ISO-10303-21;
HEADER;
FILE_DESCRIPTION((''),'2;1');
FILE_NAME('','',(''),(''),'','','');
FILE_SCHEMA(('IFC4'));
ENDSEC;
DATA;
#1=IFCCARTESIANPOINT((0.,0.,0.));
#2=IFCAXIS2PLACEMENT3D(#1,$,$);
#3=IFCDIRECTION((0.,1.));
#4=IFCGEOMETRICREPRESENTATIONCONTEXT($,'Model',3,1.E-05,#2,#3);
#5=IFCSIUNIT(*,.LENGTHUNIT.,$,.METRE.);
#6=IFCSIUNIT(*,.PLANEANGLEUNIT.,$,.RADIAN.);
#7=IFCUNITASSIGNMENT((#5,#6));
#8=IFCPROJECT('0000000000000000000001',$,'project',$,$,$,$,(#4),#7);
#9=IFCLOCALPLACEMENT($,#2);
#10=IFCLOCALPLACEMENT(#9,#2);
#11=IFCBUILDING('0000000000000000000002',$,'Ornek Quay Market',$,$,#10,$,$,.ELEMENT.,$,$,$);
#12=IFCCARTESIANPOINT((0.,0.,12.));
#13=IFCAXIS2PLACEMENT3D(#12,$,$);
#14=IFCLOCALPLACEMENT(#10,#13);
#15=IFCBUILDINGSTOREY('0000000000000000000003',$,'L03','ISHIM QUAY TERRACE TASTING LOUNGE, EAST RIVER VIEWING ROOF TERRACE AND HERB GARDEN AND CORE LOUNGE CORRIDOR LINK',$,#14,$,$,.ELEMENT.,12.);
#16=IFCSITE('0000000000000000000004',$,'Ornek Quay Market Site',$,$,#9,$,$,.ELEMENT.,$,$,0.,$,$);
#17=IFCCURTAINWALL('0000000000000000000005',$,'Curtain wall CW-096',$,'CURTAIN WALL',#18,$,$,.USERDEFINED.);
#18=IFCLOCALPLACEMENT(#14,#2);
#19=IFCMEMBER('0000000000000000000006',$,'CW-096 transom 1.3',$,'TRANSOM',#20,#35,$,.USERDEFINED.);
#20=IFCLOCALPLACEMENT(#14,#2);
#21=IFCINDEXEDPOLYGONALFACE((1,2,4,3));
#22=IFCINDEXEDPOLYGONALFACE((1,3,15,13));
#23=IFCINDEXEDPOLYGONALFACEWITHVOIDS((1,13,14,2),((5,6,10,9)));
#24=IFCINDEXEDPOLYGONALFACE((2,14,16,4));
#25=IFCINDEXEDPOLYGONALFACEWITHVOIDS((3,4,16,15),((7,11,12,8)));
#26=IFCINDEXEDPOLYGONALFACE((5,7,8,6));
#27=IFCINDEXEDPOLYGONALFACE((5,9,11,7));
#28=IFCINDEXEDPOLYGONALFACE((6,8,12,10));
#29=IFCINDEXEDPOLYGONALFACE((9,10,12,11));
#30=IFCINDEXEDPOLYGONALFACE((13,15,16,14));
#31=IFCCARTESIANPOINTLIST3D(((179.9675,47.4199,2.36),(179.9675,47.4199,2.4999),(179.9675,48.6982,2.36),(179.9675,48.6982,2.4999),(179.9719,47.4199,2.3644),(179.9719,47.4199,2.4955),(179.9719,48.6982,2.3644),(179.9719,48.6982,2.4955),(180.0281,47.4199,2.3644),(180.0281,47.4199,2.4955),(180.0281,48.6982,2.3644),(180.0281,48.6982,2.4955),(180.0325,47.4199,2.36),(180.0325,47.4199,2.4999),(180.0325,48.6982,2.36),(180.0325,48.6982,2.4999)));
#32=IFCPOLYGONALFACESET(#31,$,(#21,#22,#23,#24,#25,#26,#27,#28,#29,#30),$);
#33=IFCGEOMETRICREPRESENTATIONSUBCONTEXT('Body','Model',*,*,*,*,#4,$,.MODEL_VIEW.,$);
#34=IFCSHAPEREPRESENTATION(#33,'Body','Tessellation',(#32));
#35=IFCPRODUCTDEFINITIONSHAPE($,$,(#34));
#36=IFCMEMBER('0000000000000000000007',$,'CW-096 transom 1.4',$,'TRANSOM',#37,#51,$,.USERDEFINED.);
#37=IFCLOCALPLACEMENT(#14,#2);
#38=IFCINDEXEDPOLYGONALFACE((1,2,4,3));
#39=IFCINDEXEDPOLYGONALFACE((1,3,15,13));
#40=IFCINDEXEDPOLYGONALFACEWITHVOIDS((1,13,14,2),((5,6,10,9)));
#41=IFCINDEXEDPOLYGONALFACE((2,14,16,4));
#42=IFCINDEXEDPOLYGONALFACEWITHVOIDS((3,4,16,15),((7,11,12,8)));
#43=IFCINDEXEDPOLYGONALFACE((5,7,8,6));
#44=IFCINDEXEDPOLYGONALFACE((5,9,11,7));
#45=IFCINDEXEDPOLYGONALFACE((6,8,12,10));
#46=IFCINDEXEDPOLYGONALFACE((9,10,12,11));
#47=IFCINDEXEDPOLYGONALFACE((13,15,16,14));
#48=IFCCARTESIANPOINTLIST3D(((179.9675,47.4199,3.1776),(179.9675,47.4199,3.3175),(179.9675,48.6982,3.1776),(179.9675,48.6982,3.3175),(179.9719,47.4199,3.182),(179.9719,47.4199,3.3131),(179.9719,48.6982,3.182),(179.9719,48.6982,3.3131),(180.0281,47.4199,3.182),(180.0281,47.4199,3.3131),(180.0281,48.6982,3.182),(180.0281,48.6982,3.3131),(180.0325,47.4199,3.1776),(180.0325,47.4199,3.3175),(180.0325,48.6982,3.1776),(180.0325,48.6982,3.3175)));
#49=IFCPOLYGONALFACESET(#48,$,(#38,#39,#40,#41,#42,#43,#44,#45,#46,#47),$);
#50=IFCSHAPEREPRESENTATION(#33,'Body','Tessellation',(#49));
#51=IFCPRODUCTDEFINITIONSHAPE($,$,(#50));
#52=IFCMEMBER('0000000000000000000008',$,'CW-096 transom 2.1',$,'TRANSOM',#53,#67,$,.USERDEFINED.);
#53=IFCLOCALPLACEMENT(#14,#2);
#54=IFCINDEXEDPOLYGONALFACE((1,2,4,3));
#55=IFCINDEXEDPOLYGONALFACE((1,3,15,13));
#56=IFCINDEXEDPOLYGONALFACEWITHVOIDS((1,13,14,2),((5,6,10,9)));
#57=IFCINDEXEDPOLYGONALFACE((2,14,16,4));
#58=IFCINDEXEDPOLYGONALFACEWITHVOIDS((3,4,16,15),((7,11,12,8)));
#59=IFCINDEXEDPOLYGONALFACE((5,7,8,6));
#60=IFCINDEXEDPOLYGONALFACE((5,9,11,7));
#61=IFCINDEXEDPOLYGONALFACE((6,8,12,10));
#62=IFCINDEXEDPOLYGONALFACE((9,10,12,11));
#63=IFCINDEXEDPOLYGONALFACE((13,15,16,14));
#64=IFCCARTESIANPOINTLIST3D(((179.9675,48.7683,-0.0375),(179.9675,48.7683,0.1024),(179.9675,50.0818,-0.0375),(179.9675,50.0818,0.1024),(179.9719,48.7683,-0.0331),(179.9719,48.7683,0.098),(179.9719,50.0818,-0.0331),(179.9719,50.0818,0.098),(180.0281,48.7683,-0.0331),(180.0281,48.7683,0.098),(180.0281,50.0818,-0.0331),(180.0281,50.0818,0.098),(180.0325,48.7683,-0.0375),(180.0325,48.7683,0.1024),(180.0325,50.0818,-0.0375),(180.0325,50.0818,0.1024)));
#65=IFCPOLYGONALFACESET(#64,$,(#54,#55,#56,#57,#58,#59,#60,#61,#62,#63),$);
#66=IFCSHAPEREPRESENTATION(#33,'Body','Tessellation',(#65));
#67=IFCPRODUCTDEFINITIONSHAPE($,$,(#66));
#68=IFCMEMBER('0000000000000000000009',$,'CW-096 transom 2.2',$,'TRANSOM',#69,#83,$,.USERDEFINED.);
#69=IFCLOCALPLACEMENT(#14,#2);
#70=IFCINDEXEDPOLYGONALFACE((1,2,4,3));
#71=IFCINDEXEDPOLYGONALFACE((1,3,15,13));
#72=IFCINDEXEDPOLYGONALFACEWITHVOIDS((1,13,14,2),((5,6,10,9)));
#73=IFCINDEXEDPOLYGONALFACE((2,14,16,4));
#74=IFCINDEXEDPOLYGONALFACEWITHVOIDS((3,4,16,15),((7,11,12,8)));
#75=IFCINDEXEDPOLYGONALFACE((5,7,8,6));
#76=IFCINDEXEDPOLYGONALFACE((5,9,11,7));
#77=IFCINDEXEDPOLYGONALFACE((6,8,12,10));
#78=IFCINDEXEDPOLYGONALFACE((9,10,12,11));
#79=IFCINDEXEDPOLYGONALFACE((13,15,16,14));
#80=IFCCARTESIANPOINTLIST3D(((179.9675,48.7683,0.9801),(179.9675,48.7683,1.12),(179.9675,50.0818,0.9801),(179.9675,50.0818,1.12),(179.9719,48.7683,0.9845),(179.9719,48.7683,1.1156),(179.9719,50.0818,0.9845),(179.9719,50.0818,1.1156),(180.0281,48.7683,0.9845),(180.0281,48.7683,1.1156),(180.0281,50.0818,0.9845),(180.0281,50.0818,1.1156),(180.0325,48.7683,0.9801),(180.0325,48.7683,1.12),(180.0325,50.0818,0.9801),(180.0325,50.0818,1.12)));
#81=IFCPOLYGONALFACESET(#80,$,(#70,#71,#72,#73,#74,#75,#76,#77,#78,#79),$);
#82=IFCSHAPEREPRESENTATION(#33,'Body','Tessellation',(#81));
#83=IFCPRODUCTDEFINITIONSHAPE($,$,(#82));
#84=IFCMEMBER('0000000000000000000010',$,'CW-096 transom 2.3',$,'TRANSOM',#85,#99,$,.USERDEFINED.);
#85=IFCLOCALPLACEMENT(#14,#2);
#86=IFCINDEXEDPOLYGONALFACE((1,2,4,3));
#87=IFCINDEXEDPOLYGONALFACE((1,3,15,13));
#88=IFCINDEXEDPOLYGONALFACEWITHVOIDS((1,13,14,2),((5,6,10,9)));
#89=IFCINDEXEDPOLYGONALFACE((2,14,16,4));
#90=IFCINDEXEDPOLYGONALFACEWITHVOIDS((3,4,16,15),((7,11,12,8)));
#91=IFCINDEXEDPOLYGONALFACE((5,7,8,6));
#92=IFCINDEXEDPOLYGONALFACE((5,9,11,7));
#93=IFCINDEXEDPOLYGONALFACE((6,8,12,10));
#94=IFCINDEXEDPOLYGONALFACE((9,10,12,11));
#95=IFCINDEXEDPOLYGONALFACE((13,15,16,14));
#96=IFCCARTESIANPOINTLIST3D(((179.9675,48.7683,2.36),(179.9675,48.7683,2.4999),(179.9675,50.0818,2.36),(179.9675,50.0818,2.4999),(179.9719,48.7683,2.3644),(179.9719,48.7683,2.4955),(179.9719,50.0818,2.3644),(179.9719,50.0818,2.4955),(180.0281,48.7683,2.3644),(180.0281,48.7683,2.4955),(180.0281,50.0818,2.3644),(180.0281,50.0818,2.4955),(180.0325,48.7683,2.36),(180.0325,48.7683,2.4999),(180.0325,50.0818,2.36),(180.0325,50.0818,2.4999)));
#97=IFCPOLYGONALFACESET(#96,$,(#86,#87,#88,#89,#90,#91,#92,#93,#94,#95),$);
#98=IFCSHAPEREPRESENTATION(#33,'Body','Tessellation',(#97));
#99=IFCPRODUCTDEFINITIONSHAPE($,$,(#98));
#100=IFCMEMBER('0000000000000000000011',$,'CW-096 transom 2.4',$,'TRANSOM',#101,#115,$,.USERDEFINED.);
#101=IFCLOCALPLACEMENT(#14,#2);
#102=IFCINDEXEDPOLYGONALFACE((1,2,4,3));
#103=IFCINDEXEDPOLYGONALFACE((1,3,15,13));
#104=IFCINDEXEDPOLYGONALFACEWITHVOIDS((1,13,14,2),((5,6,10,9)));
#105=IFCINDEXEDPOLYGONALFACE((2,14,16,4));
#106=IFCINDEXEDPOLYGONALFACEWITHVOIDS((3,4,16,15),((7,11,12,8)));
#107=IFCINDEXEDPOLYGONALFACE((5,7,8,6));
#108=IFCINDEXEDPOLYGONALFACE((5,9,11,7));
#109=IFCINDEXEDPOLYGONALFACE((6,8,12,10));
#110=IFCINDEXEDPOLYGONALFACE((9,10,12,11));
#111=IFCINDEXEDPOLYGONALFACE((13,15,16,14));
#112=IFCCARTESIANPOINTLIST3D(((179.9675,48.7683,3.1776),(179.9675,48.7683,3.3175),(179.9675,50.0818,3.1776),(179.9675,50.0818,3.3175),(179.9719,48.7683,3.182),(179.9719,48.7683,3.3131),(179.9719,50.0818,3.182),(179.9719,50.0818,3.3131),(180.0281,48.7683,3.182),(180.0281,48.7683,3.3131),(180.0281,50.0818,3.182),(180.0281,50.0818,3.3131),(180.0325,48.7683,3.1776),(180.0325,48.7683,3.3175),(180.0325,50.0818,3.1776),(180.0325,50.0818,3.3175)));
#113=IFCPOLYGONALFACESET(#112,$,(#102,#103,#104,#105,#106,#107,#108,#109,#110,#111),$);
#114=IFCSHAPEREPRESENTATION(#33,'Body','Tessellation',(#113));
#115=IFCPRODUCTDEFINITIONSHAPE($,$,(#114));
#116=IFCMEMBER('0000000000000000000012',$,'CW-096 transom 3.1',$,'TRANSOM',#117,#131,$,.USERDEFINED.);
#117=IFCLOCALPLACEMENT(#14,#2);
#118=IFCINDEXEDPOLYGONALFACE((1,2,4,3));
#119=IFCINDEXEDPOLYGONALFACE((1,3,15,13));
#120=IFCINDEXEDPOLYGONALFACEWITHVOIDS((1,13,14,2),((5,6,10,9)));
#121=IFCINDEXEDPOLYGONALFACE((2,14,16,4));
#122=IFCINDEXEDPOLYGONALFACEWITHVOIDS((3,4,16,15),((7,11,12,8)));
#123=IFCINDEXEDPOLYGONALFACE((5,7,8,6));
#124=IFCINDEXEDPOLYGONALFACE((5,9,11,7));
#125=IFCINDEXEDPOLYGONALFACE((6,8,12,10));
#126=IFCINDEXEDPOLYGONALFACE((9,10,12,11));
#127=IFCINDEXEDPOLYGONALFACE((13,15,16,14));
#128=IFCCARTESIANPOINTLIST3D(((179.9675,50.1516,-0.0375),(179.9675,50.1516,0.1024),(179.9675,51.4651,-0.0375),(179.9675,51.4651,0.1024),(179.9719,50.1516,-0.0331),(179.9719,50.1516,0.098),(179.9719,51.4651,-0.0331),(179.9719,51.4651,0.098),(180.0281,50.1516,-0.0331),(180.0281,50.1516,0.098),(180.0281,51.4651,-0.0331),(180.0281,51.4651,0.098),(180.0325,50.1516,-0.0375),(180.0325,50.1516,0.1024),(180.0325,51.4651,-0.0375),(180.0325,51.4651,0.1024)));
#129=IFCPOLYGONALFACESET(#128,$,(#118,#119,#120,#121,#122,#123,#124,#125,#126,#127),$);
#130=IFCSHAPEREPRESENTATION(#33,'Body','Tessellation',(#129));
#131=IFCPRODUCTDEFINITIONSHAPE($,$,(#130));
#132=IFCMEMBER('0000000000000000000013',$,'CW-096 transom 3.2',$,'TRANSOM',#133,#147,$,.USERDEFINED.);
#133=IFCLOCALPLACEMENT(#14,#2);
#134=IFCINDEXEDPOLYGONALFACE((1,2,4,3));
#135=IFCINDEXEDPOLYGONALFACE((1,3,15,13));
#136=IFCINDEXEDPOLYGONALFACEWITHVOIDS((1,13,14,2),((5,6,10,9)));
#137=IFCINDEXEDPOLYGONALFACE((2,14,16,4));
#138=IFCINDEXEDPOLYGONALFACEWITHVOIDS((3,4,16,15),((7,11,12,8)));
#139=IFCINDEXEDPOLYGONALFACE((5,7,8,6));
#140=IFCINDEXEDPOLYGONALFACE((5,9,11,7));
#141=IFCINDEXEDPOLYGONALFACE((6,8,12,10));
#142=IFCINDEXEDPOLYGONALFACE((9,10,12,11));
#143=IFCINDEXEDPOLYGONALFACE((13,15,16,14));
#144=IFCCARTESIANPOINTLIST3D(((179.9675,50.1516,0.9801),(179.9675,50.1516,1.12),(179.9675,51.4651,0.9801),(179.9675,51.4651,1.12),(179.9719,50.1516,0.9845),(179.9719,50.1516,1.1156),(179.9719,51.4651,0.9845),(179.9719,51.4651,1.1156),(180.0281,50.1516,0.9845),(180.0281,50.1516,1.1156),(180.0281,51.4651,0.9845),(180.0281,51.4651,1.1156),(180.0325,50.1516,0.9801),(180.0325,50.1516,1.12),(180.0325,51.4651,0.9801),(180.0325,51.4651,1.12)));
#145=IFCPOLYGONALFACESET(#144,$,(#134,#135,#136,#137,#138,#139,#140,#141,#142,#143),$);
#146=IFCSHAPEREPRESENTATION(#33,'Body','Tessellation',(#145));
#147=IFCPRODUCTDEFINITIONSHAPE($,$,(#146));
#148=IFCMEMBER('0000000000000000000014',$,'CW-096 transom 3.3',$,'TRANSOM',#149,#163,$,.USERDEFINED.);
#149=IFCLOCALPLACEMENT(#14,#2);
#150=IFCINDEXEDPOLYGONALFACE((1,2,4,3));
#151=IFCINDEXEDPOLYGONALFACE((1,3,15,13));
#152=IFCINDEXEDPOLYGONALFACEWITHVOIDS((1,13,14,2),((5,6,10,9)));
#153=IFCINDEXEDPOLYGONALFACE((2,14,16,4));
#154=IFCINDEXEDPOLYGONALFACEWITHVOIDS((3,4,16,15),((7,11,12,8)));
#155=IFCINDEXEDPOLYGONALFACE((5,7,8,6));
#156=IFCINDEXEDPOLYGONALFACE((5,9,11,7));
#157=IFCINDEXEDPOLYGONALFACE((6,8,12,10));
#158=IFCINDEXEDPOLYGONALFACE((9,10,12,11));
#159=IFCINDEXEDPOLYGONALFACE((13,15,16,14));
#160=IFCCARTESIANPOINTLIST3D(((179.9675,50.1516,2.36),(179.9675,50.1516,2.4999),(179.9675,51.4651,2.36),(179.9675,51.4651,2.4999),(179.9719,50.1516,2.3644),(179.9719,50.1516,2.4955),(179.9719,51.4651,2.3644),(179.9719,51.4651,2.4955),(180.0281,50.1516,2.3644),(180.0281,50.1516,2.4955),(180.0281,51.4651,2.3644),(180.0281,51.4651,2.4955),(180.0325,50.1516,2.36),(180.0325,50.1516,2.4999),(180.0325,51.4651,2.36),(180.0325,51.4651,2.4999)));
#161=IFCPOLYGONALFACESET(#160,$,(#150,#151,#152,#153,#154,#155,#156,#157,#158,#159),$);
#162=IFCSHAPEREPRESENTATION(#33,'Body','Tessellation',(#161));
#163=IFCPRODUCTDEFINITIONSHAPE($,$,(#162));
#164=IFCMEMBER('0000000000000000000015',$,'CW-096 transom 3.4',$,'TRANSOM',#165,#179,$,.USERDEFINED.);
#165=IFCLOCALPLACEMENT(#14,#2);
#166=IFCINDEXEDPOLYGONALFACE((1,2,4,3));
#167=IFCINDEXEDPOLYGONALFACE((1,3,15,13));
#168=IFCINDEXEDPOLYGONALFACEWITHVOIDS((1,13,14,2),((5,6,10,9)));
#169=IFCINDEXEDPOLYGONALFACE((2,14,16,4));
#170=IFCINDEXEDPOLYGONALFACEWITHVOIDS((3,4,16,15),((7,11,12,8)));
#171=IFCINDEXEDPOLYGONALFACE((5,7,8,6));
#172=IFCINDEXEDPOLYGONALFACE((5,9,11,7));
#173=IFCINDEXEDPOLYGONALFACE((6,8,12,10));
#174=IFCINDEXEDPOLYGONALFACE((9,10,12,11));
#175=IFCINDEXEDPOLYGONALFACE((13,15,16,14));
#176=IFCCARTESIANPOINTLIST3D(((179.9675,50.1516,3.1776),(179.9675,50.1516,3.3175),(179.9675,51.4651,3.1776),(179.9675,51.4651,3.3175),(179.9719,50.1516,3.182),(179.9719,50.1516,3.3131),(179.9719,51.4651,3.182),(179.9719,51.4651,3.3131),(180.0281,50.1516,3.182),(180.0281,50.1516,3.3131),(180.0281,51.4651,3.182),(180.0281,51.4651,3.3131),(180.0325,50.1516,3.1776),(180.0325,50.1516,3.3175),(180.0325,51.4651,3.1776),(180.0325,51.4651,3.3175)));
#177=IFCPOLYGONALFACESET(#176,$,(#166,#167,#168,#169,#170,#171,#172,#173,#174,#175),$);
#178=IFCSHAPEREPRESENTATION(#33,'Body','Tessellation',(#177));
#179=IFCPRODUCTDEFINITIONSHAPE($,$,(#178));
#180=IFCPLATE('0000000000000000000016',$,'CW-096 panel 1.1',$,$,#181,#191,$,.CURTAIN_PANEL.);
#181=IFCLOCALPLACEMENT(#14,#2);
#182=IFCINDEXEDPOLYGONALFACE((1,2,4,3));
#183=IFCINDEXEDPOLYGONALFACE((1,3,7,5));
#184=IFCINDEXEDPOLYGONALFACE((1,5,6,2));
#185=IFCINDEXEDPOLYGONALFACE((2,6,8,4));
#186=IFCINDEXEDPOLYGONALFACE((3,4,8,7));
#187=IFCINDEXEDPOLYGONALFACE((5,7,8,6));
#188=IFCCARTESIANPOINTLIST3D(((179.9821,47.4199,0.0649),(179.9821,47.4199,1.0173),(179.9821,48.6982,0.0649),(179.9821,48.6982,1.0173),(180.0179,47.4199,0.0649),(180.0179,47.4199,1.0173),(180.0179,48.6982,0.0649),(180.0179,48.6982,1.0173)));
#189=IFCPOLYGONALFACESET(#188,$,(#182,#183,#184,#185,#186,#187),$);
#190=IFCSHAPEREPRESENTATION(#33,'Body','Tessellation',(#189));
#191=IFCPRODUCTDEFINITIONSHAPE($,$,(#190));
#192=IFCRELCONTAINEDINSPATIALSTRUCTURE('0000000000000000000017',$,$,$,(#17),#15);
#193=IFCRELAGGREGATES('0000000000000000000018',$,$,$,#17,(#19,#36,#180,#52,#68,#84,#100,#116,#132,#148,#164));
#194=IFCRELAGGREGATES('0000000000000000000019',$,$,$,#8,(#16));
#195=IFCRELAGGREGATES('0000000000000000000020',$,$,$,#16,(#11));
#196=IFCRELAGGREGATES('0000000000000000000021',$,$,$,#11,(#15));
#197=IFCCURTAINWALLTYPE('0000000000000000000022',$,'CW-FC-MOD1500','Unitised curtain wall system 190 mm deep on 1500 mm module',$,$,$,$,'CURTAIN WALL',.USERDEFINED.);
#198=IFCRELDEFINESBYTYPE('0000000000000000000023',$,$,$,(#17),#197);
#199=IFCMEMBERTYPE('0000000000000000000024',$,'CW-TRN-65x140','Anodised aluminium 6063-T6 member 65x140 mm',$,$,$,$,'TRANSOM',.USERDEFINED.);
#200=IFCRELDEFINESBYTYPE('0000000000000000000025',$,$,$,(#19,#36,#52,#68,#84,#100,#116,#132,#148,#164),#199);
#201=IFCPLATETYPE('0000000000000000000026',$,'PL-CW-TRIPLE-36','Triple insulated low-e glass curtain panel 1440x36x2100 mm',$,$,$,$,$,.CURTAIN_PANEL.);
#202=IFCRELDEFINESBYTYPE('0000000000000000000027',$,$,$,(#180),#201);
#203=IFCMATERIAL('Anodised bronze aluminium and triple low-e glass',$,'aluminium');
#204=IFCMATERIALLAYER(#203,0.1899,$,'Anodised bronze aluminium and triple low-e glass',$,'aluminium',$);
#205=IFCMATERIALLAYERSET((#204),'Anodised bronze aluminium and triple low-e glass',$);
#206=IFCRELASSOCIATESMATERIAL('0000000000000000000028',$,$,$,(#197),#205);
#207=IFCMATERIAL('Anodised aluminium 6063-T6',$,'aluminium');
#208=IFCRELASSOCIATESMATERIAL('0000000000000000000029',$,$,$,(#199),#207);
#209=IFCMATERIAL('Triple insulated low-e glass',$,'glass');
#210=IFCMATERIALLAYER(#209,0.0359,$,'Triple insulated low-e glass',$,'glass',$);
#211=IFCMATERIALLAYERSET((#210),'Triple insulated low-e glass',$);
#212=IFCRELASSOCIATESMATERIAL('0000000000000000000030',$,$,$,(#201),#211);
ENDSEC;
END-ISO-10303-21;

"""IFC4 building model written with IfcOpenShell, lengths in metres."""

from ifc_helpers import new_model, si_unit, direction, frame, origin, origin_2d, place, context, subcontext, project, spatial, rectangle, hollow_rectangle, extrude, material, layer, layer_set, material_profile, profile_set, type_object, element, aggregate, save


model = new_model("IFC4")

# Units and contexts
model_context = context("Model", 3, precision=1e-05, world=origin(), true_north=direction((0.0, 1.0)))
body_context = subcontext(model_context, "Body", "Model", "MODEL_VIEW")
ifc_project = project(units=[si_unit("LENGTHUNIT", "METRE"), si_unit("PLANEANGLEUNIT", "RADIAN")], contexts=[model_context])

# Site, building, storey
site_placement = place(None, origin())
site = spatial("IfcSite", under=ifc_project, at=site_placement, Name="Ornek Quay Market Site", CompositionType="ELEMENT", RefElevation=0.0)
building_placement = place(site_placement, origin())
building = spatial("IfcBuilding", under=site, at=building_placement, Name="Ornek Quay Market", CompositionType="ELEMENT")
storey_placement = place(building_placement, frame((0.0, 0.0, 12.0)))
storey = spatial("IfcBuildingStorey", under=building, at=storey_placement, Name="L03", Description="ISHIM QUAY TERRACE TASTING LOUNGE, EAST RIVER VIEWING ROOF TERRACE AND HERB GARDEN AND CORE LOUNGE CORRIDOR LINK", CompositionType="ELEMENT", Elevation=12.0)

# Shared definitions
ifc_material_1 = material(Name="Anodised bronze aluminium and triple low-e glass", Category="aluminium")
ifc_material_2 = material(Name="Anodised aluminium 6063-T6", Category="aluminium")

# Curtain wall
ifc_layer_1 = layer(ifc_material_1, 0.1899, Name="Anodised bronze aluminium and triple low-e glass", Category="aluminium")
ifc_layer_set_1 = layer_set([ifc_layer_1], Name="Anodised bronze aluminium and triple low-e glass")
curtain_wall_type_1 = type_object("IfcCurtainWallType", Name="CW-FC-MOD1500", Description="Unitised curtain wall system 190 mm deep on 1500 mm module", ElementType="CURTAIN WALL", PredefinedType="USERDEFINED", material=ifc_layer_set_1)
curtain_wall_1_placement = place(storey_placement, origin())
curtain_wall_1 = element("IfcCurtainWall", 1, at=curtain_wall_1_placement, inside=storey, type_object=curtain_wall_type_1, Name="Curtain wall CW-096", ObjectType="CURTAIN WALL", PredefinedType="USERDEFINED")

# Members
ifc_material_profile_1 = material_profile(ifc_material_2, hollow_rectangle(XDim=0.0649, YDim=0.1399, WallThickness=0.0044, at=origin_2d()), Name="CW-TRN-65x140", Category="aluminium")
ifc_profile_set_1 = profile_set([ifc_material_profile_1], Name="Anodised aluminium 6063-T6")
member_type_1 = type_object("IfcMemberType", Name="CW-TRN-65x140", Description="Anodised aluminium 6063-T6 member 65x140 mm", ElementType="TRANSOM", PredefinedType="USERDEFINED", material=ifc_profile_set_1)
member_1_placement = place(storey_placement, frame((180.0, 47.4199, 2.4299), z_axis=(0.0, 1.0, 0.0), x_axis=(-1.0, 0.0, 0.0)))
member_1 = element("IfcMember", 2, at=member_1_placement, type_object=member_type_1, Name="CW-096 transom 1.3", ObjectType="TRANSOM", PredefinedType="USERDEFINED", context=body_context, shape_type="SweptSolid", body=[
    extrude(hollow_rectangle(XDim=0.0649, YDim=0.1399, WallThickness=0.0044, at=origin_2d()), origin(), (0.0, 0.0, 1.0), 1.2783),
])
member_2_placement = place(storey_placement, frame((180.0, 47.4199, 3.2476), z_axis=(0.0, 1.0, 0.0), x_axis=(-1.0, 0.0, 0.0)))
member_2 = element("IfcMember", 3, at=member_2_placement, type_object=member_type_1, Name="CW-096 transom 1.4", ObjectType="TRANSOM", PredefinedType="USERDEFINED", context=body_context, shape_type="SweptSolid", body=[
    extrude(hollow_rectangle(XDim=0.0649, YDim=0.1399, WallThickness=0.0044, at=origin_2d()), origin(), (0.0, 0.0, 1.0), 1.2783),
])
member_3_placement = place(storey_placement, frame((180.0, 48.7683, 0.0325), z_axis=(0.0, 1.0, 0.0), x_axis=(-1.0, 0.0, 0.0)))
member_3 = element("IfcMember", 4, at=member_3_placement, type_object=member_type_1, Name="CW-096 transom 2.1", ObjectType="TRANSOM", PredefinedType="USERDEFINED", context=body_context, shape_type="SweptSolid", body=[
    extrude(hollow_rectangle(XDim=0.0649, YDim=0.1399, WallThickness=0.0044, at=origin_2d()), origin(), (0.0, 0.0, 1.0), 1.3135),
])
member_4_placement = place(storey_placement, frame((180.0, 48.7683, 1.05), z_axis=(0.0, 1.0, 0.0), x_axis=(-1.0, 0.0, 0.0)))
member_4 = element("IfcMember", 5, at=member_4_placement, type_object=member_type_1, Name="CW-096 transom 2.2", ObjectType="TRANSOM", PredefinedType="USERDEFINED", context=body_context, shape_type="SweptSolid", body=[
    extrude(hollow_rectangle(XDim=0.0649, YDim=0.1399, WallThickness=0.0044, at=origin_2d()), origin(), (0.0, 0.0, 1.0), 1.3135),
])
member_5_placement = place(storey_placement, frame((180.0, 48.7683, 2.4299), z_axis=(0.0, 1.0, 0.0), x_axis=(-1.0, 0.0, 0.0)))
member_5 = element("IfcMember", 6, at=member_5_placement, type_object=member_type_1, Name="CW-096 transom 2.3", ObjectType="TRANSOM", PredefinedType="USERDEFINED", context=body_context, shape_type="SweptSolid", body=[
    extrude(hollow_rectangle(XDim=0.0649, YDim=0.1399, WallThickness=0.0044, at=origin_2d()), origin(), (0.0, 0.0, 1.0), 1.3135),
])
member_6_placement = place(storey_placement, frame((180.0, 48.7683, 3.2476), z_axis=(0.0, 1.0, 0.0), x_axis=(-1.0, 0.0, 0.0)))
member_6 = element("IfcMember", 7, at=member_6_placement, type_object=member_type_1, Name="CW-096 transom 2.4", ObjectType="TRANSOM", PredefinedType="USERDEFINED", context=body_context, shape_type="SweptSolid", body=[
    extrude(hollow_rectangle(XDim=0.0649, YDim=0.1399, WallThickness=0.0044, at=origin_2d()), origin(), (0.0, 0.0, 1.0), 1.3135),
])
member_7_placement = place(storey_placement, frame((180.0, 50.1516, 0.0325), z_axis=(0.0, 1.0, 0.0), x_axis=(-1.0, 0.0, 0.0)))
member_7 = element("IfcMember", 8, at=member_7_placement, type_object=member_type_1, Name="CW-096 transom 3.1", ObjectType="TRANSOM", PredefinedType="USERDEFINED", context=body_context, shape_type="SweptSolid", body=[
    extrude(hollow_rectangle(XDim=0.0649, YDim=0.1399, WallThickness=0.0044, at=origin_2d()), origin(), (0.0, 0.0, 1.0), 1.3135),
])
member_8_placement = place(storey_placement, frame((180.0, 50.1516, 1.05), z_axis=(0.0, 1.0, 0.0), x_axis=(-1.0, 0.0, 0.0)))
member_8 = element("IfcMember", 9, at=member_8_placement, type_object=member_type_1, Name="CW-096 transom 3.2", ObjectType="TRANSOM", PredefinedType="USERDEFINED", context=body_context, shape_type="SweptSolid", body=[
    extrude(hollow_rectangle(XDim=0.0649, YDim=0.1399, WallThickness=0.0044, at=origin_2d()), origin(), (0.0, 0.0, 1.0), 1.3135),
])
member_9_placement = place(storey_placement, frame((180.0, 50.1516, 2.4299), z_axis=(0.0, 1.0, 0.0), x_axis=(-1.0, 0.0, 0.0)))
member_9 = element("IfcMember", 10, at=member_9_placement, type_object=member_type_1, Name="CW-096 transom 3.3", ObjectType="TRANSOM", PredefinedType="USERDEFINED", context=body_context, shape_type="SweptSolid", body=[
    extrude(hollow_rectangle(XDim=0.0649, YDim=0.1399, WallThickness=0.0044, at=origin_2d()), origin(), (0.0, 0.0, 1.0), 1.3135),
])
member_10_placement = place(storey_placement, frame((180.0, 50.1516, 3.2476), z_axis=(0.0, 1.0, 0.0), x_axis=(-1.0, 0.0, 0.0)))
member_10 = element("IfcMember", 11, at=member_10_placement, type_object=member_type_1, Name="CW-096 transom 3.4", ObjectType="TRANSOM", PredefinedType="USERDEFINED", context=body_context, shape_type="SweptSolid", body=[
    extrude(hollow_rectangle(XDim=0.0649, YDim=0.1399, WallThickness=0.0044, at=origin_2d()), origin(), (0.0, 0.0, 1.0), 1.3135),
])

# Plate
ifc_material_3 = material(Name="Triple insulated low-e glass", Category="glass")
ifc_layer_2 = layer(ifc_material_3, 0.0359, Name="Triple insulated low-e glass", Category="glass")
ifc_layer_set_2 = layer_set([ifc_layer_2], Name="Triple insulated low-e glass")
plate_type = type_object("IfcPlateType", Name="PL-CW-TRIPLE-36", Description="Triple insulated low-e glass curtain panel 1440x36x2100 mm", PredefinedType="CURTAIN_PANEL", material=ifc_layer_set_2)
plate_1_placement = place(storey_placement, frame((180.0, 48.0591, 0.0649), z_axis=(0.0, 0.0, 1.0), x_axis=(0.0, 1.0, 0.0)))
plate_1 = element("IfcPlate", 12, at=plate_1_placement, type_object=plate_type, Name="CW-096 panel 1.1", PredefinedType="CURTAIN_PANEL", context=body_context, shape_type="SweptSolid", body=[
    extrude(rectangle(XDim=1.2783, YDim=0.0359, at=origin_2d()), origin(), (0.0, 0.0, 1.0), 0.9524),
])
aggregate(curtain_wall_1, [member_1, member_2, plate_1, member_3, member_4, member_5, member_6, member_7, member_8, member_9, member_10])

save(model, "model.ifc")
